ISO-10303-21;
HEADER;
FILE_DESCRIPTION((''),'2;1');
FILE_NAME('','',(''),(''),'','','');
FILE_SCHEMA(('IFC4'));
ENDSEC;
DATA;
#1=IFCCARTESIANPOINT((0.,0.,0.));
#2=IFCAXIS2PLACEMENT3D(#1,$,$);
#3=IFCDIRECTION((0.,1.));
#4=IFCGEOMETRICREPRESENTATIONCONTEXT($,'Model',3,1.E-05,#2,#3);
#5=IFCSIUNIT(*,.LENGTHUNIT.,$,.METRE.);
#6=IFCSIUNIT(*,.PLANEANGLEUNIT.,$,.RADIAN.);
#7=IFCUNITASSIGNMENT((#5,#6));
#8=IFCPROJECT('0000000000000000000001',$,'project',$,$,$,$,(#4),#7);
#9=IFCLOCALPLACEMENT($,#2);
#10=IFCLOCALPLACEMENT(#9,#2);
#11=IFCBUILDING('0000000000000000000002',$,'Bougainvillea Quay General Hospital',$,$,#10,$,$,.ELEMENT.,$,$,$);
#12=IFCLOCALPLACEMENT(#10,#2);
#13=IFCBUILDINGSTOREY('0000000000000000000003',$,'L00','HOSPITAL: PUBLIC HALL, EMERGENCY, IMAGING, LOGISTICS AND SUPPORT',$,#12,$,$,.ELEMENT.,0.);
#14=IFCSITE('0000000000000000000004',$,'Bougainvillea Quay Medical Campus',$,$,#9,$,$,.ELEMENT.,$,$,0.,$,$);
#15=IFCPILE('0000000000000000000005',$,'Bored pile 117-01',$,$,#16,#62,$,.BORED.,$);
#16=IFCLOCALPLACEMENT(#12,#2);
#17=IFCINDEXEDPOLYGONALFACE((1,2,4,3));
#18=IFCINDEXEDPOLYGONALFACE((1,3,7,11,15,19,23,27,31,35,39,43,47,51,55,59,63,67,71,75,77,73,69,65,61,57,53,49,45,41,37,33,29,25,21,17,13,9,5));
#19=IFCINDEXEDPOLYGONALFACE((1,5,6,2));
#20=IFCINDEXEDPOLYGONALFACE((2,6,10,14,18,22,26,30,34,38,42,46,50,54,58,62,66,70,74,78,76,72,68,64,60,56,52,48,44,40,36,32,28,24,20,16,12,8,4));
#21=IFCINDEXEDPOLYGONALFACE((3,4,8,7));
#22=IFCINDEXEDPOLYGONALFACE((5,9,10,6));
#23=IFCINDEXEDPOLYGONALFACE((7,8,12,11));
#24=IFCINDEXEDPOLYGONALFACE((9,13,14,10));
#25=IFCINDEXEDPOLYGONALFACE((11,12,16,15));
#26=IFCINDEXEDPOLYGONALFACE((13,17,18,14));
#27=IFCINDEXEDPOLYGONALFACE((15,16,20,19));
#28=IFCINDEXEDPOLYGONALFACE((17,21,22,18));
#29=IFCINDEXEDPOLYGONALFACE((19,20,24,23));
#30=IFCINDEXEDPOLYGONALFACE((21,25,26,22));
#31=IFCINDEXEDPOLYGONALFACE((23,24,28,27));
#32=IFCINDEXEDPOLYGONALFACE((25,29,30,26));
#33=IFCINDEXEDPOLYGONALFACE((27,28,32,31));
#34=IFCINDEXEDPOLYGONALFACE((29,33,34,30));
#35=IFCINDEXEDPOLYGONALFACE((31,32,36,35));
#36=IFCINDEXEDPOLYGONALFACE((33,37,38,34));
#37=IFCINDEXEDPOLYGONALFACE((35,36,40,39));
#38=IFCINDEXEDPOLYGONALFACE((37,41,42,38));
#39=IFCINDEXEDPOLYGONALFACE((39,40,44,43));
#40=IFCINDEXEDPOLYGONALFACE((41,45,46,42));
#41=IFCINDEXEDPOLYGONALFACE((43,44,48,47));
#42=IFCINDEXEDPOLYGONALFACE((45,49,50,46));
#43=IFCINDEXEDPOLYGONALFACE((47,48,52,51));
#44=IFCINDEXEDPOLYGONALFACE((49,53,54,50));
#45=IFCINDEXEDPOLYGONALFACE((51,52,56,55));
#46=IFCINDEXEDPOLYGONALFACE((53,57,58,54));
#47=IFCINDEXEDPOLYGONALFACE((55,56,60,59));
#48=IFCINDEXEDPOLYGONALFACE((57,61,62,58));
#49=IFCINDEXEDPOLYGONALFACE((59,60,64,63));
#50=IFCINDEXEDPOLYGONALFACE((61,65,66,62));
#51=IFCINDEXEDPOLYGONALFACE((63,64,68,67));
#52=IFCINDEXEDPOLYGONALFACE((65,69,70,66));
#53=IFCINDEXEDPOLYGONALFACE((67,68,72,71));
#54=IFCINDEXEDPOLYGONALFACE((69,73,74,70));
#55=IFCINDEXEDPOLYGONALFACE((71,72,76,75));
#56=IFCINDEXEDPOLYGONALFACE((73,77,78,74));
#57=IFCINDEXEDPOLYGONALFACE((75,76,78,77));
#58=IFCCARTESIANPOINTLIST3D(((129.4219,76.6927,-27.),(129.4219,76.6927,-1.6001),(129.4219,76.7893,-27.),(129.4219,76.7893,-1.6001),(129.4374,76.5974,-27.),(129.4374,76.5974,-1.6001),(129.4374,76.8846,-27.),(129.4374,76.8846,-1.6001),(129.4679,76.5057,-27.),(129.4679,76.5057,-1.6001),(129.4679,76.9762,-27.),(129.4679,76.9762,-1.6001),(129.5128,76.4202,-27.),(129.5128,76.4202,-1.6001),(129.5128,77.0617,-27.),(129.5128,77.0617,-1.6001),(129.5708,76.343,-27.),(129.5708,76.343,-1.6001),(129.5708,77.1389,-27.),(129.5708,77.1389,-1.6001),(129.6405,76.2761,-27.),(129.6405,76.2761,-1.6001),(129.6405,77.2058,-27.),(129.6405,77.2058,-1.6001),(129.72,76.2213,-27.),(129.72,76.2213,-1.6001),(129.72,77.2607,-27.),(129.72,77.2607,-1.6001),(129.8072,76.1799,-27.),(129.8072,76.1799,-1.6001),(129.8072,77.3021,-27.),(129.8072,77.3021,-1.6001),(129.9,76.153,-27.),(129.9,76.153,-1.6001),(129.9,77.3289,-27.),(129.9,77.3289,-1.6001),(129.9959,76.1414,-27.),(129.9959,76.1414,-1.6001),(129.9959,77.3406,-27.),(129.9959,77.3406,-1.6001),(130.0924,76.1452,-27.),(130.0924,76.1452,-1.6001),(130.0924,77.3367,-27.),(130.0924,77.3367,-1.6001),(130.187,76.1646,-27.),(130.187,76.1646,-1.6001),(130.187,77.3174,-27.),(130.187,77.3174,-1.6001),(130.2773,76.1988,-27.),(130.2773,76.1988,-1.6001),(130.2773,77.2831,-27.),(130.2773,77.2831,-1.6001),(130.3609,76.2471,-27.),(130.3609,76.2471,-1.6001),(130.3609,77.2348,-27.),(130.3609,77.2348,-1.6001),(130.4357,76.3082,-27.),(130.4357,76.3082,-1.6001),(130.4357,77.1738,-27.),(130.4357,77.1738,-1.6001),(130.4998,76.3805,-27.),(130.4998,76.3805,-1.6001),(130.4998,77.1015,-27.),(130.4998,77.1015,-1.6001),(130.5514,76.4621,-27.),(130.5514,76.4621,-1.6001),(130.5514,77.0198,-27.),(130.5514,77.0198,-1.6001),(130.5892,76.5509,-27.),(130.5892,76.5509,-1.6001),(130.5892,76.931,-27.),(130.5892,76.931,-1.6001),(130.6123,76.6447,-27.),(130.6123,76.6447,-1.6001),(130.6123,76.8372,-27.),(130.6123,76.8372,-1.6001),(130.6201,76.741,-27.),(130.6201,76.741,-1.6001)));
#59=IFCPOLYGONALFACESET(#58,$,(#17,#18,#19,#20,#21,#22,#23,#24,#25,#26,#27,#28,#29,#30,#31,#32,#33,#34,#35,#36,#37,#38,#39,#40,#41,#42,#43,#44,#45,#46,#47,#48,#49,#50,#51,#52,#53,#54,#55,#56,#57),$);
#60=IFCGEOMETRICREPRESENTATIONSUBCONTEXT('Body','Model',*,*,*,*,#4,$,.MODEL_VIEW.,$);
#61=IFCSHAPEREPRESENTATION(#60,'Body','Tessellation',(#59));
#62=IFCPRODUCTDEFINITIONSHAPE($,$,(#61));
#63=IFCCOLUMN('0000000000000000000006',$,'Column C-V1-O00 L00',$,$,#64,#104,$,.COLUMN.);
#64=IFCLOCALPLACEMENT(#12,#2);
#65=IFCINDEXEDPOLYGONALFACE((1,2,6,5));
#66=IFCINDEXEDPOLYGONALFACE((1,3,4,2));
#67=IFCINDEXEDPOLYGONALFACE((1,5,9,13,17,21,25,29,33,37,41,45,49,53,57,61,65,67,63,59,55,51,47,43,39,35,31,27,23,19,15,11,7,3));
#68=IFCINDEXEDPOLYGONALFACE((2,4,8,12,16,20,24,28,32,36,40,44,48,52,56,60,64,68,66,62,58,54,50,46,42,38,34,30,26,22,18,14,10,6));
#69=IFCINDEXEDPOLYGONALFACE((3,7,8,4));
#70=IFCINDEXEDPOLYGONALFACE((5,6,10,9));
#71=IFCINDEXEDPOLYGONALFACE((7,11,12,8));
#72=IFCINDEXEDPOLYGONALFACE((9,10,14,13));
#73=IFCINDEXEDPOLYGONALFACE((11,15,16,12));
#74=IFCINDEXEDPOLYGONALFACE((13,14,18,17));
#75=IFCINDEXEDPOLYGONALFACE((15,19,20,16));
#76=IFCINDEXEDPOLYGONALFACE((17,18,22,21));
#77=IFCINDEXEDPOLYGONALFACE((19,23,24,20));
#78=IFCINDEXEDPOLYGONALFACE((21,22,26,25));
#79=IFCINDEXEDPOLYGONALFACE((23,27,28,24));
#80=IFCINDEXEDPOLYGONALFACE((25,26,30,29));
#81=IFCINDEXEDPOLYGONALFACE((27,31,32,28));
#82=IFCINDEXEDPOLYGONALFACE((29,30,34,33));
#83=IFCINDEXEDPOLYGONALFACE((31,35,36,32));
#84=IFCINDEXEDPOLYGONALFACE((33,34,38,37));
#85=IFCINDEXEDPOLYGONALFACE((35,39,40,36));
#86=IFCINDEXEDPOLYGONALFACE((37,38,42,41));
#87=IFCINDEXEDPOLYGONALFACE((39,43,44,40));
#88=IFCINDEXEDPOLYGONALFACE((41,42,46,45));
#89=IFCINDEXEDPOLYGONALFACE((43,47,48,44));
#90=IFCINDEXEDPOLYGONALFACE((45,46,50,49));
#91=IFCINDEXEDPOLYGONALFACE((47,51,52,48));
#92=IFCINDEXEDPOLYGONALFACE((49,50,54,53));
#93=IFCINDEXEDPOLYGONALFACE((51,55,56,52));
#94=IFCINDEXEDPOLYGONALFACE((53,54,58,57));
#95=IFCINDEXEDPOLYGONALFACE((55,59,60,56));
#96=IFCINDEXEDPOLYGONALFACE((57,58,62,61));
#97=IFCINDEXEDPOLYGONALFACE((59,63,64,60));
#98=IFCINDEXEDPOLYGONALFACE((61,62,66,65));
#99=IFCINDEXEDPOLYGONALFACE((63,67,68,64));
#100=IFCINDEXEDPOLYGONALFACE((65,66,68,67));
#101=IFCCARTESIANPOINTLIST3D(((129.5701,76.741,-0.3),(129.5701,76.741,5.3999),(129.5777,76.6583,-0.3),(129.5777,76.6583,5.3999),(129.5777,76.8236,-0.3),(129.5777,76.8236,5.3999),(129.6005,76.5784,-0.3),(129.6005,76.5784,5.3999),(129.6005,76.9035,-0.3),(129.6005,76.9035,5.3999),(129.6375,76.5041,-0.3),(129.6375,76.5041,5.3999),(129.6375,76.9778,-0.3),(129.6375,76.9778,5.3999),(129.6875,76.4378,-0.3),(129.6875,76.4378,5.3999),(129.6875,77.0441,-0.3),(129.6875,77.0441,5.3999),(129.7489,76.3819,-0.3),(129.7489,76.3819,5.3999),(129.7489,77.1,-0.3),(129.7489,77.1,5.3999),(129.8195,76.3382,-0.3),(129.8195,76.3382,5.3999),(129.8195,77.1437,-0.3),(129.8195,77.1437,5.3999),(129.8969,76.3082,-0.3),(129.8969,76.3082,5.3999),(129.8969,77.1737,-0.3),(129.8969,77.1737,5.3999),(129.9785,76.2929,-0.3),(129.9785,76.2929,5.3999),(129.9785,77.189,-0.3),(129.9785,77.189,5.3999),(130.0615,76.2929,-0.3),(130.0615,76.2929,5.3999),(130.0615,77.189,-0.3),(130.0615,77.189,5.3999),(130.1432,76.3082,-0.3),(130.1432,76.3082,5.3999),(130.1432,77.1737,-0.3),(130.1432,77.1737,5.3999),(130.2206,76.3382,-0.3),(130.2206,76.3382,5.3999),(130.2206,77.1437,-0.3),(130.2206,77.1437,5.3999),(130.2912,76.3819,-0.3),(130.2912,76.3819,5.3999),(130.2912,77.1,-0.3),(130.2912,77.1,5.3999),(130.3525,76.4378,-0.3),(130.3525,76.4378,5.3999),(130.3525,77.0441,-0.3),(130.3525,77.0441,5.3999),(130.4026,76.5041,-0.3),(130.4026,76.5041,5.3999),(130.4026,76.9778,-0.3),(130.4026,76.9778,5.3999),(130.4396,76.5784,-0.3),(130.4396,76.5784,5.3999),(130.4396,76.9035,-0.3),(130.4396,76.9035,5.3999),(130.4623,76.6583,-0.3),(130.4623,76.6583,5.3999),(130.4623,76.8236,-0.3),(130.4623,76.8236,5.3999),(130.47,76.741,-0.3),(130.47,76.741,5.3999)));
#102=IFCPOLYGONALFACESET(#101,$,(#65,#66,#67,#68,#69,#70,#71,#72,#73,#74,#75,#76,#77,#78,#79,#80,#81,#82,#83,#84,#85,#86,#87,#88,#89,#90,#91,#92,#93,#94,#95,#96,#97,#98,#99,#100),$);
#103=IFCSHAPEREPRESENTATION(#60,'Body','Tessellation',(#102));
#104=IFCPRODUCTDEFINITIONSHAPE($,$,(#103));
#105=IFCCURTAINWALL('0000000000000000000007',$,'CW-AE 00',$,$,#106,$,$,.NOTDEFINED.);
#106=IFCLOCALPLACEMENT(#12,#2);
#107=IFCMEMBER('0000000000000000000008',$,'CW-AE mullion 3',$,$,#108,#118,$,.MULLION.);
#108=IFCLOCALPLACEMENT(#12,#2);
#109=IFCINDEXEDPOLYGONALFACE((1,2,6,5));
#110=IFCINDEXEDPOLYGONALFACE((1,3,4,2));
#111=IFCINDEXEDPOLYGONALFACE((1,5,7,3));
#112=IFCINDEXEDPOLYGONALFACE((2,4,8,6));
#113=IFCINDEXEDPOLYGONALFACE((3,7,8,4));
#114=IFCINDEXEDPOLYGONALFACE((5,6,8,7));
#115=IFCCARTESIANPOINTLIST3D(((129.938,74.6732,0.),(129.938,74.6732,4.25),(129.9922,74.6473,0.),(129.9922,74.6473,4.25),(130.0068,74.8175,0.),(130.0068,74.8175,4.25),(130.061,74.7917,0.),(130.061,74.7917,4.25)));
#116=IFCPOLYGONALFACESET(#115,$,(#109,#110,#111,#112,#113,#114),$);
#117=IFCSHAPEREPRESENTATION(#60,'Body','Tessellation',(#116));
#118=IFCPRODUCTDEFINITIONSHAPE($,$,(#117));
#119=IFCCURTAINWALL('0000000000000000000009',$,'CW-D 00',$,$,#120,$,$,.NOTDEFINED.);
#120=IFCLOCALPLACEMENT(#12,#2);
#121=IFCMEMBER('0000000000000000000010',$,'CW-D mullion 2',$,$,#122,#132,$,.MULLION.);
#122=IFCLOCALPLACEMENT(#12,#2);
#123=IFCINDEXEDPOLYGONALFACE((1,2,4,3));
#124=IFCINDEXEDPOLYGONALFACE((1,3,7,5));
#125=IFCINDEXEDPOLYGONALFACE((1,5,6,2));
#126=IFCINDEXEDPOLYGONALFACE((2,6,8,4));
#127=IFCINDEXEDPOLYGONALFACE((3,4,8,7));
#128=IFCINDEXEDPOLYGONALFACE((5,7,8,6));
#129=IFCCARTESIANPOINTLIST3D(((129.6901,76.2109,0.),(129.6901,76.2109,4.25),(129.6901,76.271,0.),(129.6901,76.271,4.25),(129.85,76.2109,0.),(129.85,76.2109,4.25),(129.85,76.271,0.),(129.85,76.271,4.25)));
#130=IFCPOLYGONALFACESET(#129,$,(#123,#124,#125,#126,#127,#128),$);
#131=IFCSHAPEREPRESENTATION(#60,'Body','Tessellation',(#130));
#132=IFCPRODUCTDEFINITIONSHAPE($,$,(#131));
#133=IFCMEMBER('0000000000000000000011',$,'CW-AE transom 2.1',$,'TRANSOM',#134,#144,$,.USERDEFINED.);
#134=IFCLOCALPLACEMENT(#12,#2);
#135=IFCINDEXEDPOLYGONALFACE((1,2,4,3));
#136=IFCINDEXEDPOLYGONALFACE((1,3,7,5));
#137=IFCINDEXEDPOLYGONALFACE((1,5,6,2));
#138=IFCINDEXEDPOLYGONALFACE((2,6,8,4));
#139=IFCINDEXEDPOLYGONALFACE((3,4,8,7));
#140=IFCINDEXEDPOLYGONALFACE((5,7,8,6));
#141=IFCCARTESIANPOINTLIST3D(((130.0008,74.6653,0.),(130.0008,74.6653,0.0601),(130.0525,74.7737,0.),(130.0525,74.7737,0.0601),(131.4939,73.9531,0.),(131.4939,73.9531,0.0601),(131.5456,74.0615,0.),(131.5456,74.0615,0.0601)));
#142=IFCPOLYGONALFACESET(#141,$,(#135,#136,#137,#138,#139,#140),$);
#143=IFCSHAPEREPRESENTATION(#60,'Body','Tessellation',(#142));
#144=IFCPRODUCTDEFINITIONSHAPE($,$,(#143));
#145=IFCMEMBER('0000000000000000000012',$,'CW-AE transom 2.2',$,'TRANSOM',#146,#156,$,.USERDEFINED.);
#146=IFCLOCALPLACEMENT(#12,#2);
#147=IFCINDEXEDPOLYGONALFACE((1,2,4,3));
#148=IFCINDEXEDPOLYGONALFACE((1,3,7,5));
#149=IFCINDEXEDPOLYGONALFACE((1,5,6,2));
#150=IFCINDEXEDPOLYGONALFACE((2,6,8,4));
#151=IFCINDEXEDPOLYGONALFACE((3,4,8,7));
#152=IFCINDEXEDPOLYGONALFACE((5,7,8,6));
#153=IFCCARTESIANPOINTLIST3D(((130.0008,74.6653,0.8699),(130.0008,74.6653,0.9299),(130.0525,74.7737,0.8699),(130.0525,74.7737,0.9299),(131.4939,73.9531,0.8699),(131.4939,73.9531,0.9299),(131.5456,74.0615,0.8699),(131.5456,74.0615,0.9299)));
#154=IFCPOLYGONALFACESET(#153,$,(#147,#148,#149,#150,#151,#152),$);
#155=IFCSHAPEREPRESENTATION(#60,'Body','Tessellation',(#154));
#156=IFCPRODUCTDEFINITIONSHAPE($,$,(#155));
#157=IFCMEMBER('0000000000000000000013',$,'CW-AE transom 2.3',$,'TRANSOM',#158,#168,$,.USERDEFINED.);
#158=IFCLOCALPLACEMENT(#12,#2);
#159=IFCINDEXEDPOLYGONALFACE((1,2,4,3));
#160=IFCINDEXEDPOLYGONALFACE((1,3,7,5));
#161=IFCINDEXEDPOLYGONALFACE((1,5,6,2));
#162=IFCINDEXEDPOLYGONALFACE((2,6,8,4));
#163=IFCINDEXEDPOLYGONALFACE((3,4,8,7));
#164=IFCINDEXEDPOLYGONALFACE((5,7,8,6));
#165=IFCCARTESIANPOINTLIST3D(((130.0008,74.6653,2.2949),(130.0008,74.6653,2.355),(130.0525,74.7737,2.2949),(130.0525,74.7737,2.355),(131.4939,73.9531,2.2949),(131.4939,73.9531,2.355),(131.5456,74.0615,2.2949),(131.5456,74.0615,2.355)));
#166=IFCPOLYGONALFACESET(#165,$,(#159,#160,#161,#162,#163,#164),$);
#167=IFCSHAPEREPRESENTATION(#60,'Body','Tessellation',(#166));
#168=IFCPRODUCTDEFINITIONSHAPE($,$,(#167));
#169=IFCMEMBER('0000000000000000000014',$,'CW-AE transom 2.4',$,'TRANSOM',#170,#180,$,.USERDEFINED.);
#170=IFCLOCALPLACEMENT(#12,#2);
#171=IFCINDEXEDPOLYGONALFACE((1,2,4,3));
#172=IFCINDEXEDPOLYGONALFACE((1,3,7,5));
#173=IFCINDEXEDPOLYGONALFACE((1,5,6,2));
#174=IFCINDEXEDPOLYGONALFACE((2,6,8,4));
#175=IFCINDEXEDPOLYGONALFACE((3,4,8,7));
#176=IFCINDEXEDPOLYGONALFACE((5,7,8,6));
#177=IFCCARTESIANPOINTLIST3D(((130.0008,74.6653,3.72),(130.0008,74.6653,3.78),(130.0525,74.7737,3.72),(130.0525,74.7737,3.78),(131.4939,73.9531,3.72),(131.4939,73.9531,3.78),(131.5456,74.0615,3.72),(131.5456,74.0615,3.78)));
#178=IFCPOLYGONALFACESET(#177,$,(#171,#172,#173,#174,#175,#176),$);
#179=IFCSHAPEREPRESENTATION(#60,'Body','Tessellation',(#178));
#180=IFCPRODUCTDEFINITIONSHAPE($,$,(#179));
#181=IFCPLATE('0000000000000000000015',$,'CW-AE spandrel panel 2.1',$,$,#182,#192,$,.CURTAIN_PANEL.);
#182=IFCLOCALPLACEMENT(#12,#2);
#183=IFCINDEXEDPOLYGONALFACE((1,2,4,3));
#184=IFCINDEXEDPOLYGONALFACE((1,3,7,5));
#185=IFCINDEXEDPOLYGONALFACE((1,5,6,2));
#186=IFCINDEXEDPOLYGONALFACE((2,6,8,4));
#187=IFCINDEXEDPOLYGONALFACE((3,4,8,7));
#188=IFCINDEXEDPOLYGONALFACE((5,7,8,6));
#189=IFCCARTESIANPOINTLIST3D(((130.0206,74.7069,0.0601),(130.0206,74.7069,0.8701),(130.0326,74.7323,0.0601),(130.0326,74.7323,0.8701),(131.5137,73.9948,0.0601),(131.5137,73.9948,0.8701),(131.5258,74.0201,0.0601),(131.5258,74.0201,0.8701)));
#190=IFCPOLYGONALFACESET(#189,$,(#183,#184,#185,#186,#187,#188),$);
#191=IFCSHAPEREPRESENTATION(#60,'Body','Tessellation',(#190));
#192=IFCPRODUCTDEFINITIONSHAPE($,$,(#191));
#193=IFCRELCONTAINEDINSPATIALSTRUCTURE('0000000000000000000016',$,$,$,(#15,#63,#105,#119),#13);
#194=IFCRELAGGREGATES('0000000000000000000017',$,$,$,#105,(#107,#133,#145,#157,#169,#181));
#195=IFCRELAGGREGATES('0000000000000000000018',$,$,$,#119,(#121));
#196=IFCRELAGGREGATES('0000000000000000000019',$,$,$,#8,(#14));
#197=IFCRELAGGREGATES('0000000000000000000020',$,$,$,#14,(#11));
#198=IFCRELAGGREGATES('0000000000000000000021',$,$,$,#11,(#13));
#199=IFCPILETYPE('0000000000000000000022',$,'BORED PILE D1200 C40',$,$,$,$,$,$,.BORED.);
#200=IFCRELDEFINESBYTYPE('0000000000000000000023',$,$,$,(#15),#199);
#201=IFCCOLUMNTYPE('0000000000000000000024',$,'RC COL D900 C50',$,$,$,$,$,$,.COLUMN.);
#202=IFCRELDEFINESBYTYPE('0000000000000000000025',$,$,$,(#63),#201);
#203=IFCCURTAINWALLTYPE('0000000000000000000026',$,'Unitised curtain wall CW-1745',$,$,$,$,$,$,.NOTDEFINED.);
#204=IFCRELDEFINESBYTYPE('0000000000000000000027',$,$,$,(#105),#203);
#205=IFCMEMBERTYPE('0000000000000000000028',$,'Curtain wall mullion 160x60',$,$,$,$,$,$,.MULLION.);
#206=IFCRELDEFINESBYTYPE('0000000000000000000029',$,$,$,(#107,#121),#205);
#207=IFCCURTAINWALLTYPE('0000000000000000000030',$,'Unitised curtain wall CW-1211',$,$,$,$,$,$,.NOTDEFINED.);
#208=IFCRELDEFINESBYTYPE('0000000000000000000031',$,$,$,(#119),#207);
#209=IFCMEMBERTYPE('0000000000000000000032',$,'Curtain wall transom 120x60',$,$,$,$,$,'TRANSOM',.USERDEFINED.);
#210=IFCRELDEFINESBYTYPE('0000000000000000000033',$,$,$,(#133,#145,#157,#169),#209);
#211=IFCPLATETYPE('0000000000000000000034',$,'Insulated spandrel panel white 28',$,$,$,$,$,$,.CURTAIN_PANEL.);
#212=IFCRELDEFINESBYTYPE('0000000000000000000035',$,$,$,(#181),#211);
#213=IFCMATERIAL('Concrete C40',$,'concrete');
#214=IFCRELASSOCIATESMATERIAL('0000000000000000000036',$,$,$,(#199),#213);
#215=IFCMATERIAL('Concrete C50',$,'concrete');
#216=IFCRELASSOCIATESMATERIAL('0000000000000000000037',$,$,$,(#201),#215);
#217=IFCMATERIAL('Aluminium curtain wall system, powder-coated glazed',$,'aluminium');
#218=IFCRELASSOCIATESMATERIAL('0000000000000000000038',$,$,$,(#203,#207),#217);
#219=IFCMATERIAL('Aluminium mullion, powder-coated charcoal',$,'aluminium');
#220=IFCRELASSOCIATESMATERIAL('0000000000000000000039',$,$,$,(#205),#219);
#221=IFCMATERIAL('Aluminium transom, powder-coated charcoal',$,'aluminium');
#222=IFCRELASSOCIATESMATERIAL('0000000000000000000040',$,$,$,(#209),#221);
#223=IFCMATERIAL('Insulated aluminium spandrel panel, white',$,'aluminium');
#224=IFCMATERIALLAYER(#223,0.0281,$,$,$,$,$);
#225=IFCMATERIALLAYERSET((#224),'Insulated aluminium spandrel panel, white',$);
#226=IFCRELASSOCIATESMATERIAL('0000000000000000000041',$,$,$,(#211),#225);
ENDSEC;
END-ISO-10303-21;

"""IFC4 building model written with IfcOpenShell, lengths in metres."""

from ifc_helpers import new_model, si_unit, direction, frame, origin, origin_2d, place, context, subcontext, project, spatial, rectangle, circle, extrude, material, layer, layer_set, material_profile, profile_set, type_object, element, aggregate, save


model = new_model("IFC4")

# Units and contexts
model_context = context("Model", 3, precision=1e-05, world=origin(), true_north=direction((0.0, 1.0)))
body_context = subcontext(model_context, "Body", "Model", "MODEL_VIEW")
ifc_project = project(units=[si_unit("LENGTHUNIT", "METRE"), si_unit("PLANEANGLEUNIT", "RADIAN")], contexts=[model_context])

# Site, building, storey
site_placement = place(None, origin())
site = spatial("IfcSite", under=ifc_project, at=site_placement, Name="Bougainvillea Quay Medical Campus", CompositionType="ELEMENT", RefElevation=0.0)
building_placement = place(site_placement, origin())
building = spatial("IfcBuilding", under=site, at=building_placement, Name="Bougainvillea Quay General Hospital", CompositionType="ELEMENT")
storey_placement = place(building_placement, origin())
storey = spatial("IfcBuildingStorey", under=building, at=storey_placement, Name="L00", Description="HOSPITAL: PUBLIC HALL, EMERGENCY, IMAGING, LOGISTICS AND SUPPORT", CompositionType="ELEMENT", Elevation=0.0)

# Pile
ifc_material_1 = material(Name="Concrete C40", Category="concrete")
ifc_material_profile_1 = material_profile(ifc_material_1, circle(Radius=0.6001, at=origin_2d()))
ifc_profile_set_1 = profile_set([ifc_material_profile_1], Name="Concrete C40")
pile_type = type_object("IfcPileType", Name="BORED PILE D1200 C40", PredefinedType="BORED", material=ifc_profile_set_1)
pile_placement = place(storey_placement, frame((130.02, 76.741, -1.6001), z_axis=(0.0, 0.0, -1.0), x_axis=(1.0, 0.0, 0.0)))
element("IfcPile", 1, at=pile_placement, inside=storey, type_object=pile_type, Name="Bored pile 117-01", PredefinedType="BORED", context=body_context, shape_type="SweptSolid", body=[
    extrude(circle(Radius=0.6001, at=origin_2d()), origin(), (0.0, 0.0, 1.0), 25.3999),
])

# Column
ifc_material_2 = material(Name="Concrete C50", Category="concrete")
ifc_material_profile_2 = material_profile(ifc_material_2, circle(Radius=0.45, at=origin_2d()))
ifc_profile_set_2 = profile_set([ifc_material_profile_2], Name="Concrete C50")
column_type = type_object("IfcColumnType", Name="RC COL D900 C50", PredefinedType="COLUMN", material=ifc_profile_set_2)
column_placement = place(storey_placement, frame((130.02, 76.741, -0.3), z_axis=(0.0, 0.0, 1.0), x_axis=(1.0, 0.0, 0.0)))
element("IfcColumn", 2, at=column_placement, inside=storey, type_object=column_type, Name="Column C-V1-O00 L00", PredefinedType="COLUMN", context=body_context, shape_type="SweptSolid", body=[
    extrude(circle(Radius=0.45, at=origin_2d()), origin(), (0.0, 0.0, 1.0), 5.7),
])

# Curtain walls, members
ifc_material_3 = material(Name="Aluminium curtain wall system, powder-coated glazed", Category="aluminium")
curtain_wall_type_1 = type_object("IfcCurtainWallType", Name="Unitised curtain wall CW-1745", PredefinedType="NOTDEFINED", material=ifc_material_3)
curtain_wall_1_placement = place(storey_placement, origin())
curtain_wall_1 = element("IfcCurtainWall", 3, at=curtain_wall_1_placement, inside=storey, type_object=curtain_wall_type_1, Name="CW-AE 00", PredefinedType="NOTDEFINED")
ifc_material_4 = material(Name="Aluminium mullion, powder-coated charcoal", Category="aluminium")
ifc_material_profile_3 = material_profile(ifc_material_4, rectangle(XDim=0.1599, YDim=0.0601, at=origin_2d()))
ifc_profile_set_3 = profile_set([ifc_material_profile_3], Name="Aluminium mullion, powder-coated charcoal")
member_type_1 = type_object("IfcMemberType", Name="Curtain wall mullion 160x60", PredefinedType="MULLION", material=ifc_profile_set_3)
member_1_placement = place(storey_placement, frame((129.9995, 74.7324, 0.0), z_axis=(0.0, 0.0, 1.0), x_axis=(-0.430463, -0.902608, 0.0)))
member_1 = element("IfcMember", 4, at=member_1_placement, type_object=member_type_1, Name="CW-AE mullion 3", PredefinedType="MULLION", context=body_context, shape_type="SweptSolid", body=[
    extrude(rectangle(XDim=0.1599, YDim=0.0601, at=origin_2d()), origin(), (0.0, 0.0, 1.0), 4.25),
])
curtain_wall_type_2 = type_object("IfcCurtainWallType", Name="Unitised curtain wall CW-1211", PredefinedType="NOTDEFINED", material=ifc_material_3)
curtain_wall_2_placement = place(storey_placement, origin())
curtain_wall_2 = element("IfcCurtainWall", 5, at=curtain_wall_2_placement, inside=storey, type_object=curtain_wall_type_2, Name="CW-D 00", PredefinedType="NOTDEFINED")
member_2_placement = place(storey_placement, frame((129.77, 76.241, 0.0), z_axis=(0.0, 0.0, 1.0), x_axis=(-1.0, 0.0, 0.0)))
member_2 = element("IfcMember", 6, at=member_2_placement, type_object=member_type_1, Name="CW-D mullion 2", PredefinedType="MULLION", context=body_context, shape_type="SweptSolid", body=[
    extrude(rectangle(XDim=0.1599, YDim=0.0601, at=origin_2d()), origin(), (0.0, 0.0, 1.0), 4.25),
])

# Members
ifc_material_5 = material(Name="Aluminium transom, powder-coated charcoal", Category="aluminium")
ifc_material_profile_4 = material_profile(ifc_material_5, rectangle(XDim=0.1201, YDim=0.0601, at=origin_2d()))
ifc_profile_set_4 = profile_set([ifc_material_profile_4], Name="Aluminium transom, powder-coated charcoal")
member_type_2 = type_object("IfcMemberType", Name="Curtain wall transom 120x60", ElementType="TRANSOM", PredefinedType="USERDEFINED", material=ifc_profile_set_4)
member_3_placement = place(storey_placement, frame((131.5198, 74.0073, 0.03), z_axis=(-0.902596, 0.430489, 0.0), x_axis=(-0.430489, -0.902596, 0.0)))
member_3 = element("IfcMember", 7, at=member_3_placement, type_object=member_type_2, Name="CW-AE transom 2.1", ObjectType="TRANSOM", PredefinedType="USERDEFINED", context=body_context, shape_type="SweptSolid", body=[
    extrude(rectangle(XDim=0.1201, YDim=0.0601, at=origin_2d()), origin(), (0.0, 0.0, 1.0), 1.6543),
])
member_4_placement = place(storey_placement, frame((131.5198, 74.0073, 0.8999), z_axis=(-0.902596, 0.430489, 0.0), x_axis=(-0.430489, -0.902596, 0.0)))
member_4 = element("IfcMember", 8, at=member_4_placement, type_object=member_type_2, Name="CW-AE transom 2.2", ObjectType="TRANSOM", PredefinedType="USERDEFINED", context=body_context, shape_type="SweptSolid", body=[
    extrude(rectangle(XDim=0.1201, YDim=0.0601, at=origin_2d()), origin(), (0.0, 0.0, 1.0), 1.6543),
])
member_5_placement = place(storey_placement, frame((131.5198, 74.0073, 2.325), z_axis=(-0.902596, 0.430489, 0.0), x_axis=(-0.430489, -0.902596, 0.0)))
member_5 = element("IfcMember", 9, at=member_5_placement, type_object=member_type_2, Name="CW-AE transom 2.3", ObjectType="TRANSOM", PredefinedType="USERDEFINED", context=body_context, shape_type="SweptSolid", body=[
    extrude(rectangle(XDim=0.1201, YDim=0.0601, at=origin_2d()), origin(), (0.0, 0.0, 1.0), 1.6543),
])
member_6_placement = place(storey_placement, frame((131.5198, 74.0073, 3.75), z_axis=(-0.902596, 0.430489, 0.0), x_axis=(-0.430489, -0.902596, 0.0)))
member_6 = element("IfcMember", 10, at=member_6_placement, type_object=member_type_2, Name="CW-AE transom 2.4", ObjectType="TRANSOM", PredefinedType="USERDEFINED", context=body_context, shape_type="SweptSolid", body=[
    extrude(rectangle(XDim=0.1201, YDim=0.0601, at=origin_2d()), origin(), (0.0, 0.0, 1.0), 1.6543),
])

# Plate
ifc_material_6 = material(Name="Insulated aluminium spandrel panel, white", Category="aluminium")
ifc_layer_1 = layer(ifc_material_6, 0.0281)
ifc_layer_set_1 = layer_set([ifc_layer_1], Name="Insulated aluminium spandrel panel, white")
plate_type_1 = type_object("IfcPlateType", Name="Insulated spandrel panel white 28", PredefinedType="CURTAIN_PANEL", material=ifc_layer_set_1)
plate_1_placement = place(storey_placement, frame((130.7732, 74.3635, 0.0601), z_axis=(0.0, 0.0, 1.0), x_axis=(-0.902608, 0.430463, 0.0)))
plate_1 = element("IfcPlate", 11, at=plate_1_placement, type_object=plate_type_1, Name="CW-AE spandrel panel 2.1", PredefinedType="CURTAIN_PANEL", context=body_context, shape_type="SweptSolid", body=[
    extrude(rectangle(XDim=1.6543, YDim=0.0281, at=origin_2d()), origin(), (0.0, 0.0, 1.0), 0.8101),
])
aggregate(curtain_wall_1, [member_1, member_3, member_4, member_5, member_6, plate_1])
aggregate(curtain_wall_2, [member_2])

save(model, "model.ifc")
